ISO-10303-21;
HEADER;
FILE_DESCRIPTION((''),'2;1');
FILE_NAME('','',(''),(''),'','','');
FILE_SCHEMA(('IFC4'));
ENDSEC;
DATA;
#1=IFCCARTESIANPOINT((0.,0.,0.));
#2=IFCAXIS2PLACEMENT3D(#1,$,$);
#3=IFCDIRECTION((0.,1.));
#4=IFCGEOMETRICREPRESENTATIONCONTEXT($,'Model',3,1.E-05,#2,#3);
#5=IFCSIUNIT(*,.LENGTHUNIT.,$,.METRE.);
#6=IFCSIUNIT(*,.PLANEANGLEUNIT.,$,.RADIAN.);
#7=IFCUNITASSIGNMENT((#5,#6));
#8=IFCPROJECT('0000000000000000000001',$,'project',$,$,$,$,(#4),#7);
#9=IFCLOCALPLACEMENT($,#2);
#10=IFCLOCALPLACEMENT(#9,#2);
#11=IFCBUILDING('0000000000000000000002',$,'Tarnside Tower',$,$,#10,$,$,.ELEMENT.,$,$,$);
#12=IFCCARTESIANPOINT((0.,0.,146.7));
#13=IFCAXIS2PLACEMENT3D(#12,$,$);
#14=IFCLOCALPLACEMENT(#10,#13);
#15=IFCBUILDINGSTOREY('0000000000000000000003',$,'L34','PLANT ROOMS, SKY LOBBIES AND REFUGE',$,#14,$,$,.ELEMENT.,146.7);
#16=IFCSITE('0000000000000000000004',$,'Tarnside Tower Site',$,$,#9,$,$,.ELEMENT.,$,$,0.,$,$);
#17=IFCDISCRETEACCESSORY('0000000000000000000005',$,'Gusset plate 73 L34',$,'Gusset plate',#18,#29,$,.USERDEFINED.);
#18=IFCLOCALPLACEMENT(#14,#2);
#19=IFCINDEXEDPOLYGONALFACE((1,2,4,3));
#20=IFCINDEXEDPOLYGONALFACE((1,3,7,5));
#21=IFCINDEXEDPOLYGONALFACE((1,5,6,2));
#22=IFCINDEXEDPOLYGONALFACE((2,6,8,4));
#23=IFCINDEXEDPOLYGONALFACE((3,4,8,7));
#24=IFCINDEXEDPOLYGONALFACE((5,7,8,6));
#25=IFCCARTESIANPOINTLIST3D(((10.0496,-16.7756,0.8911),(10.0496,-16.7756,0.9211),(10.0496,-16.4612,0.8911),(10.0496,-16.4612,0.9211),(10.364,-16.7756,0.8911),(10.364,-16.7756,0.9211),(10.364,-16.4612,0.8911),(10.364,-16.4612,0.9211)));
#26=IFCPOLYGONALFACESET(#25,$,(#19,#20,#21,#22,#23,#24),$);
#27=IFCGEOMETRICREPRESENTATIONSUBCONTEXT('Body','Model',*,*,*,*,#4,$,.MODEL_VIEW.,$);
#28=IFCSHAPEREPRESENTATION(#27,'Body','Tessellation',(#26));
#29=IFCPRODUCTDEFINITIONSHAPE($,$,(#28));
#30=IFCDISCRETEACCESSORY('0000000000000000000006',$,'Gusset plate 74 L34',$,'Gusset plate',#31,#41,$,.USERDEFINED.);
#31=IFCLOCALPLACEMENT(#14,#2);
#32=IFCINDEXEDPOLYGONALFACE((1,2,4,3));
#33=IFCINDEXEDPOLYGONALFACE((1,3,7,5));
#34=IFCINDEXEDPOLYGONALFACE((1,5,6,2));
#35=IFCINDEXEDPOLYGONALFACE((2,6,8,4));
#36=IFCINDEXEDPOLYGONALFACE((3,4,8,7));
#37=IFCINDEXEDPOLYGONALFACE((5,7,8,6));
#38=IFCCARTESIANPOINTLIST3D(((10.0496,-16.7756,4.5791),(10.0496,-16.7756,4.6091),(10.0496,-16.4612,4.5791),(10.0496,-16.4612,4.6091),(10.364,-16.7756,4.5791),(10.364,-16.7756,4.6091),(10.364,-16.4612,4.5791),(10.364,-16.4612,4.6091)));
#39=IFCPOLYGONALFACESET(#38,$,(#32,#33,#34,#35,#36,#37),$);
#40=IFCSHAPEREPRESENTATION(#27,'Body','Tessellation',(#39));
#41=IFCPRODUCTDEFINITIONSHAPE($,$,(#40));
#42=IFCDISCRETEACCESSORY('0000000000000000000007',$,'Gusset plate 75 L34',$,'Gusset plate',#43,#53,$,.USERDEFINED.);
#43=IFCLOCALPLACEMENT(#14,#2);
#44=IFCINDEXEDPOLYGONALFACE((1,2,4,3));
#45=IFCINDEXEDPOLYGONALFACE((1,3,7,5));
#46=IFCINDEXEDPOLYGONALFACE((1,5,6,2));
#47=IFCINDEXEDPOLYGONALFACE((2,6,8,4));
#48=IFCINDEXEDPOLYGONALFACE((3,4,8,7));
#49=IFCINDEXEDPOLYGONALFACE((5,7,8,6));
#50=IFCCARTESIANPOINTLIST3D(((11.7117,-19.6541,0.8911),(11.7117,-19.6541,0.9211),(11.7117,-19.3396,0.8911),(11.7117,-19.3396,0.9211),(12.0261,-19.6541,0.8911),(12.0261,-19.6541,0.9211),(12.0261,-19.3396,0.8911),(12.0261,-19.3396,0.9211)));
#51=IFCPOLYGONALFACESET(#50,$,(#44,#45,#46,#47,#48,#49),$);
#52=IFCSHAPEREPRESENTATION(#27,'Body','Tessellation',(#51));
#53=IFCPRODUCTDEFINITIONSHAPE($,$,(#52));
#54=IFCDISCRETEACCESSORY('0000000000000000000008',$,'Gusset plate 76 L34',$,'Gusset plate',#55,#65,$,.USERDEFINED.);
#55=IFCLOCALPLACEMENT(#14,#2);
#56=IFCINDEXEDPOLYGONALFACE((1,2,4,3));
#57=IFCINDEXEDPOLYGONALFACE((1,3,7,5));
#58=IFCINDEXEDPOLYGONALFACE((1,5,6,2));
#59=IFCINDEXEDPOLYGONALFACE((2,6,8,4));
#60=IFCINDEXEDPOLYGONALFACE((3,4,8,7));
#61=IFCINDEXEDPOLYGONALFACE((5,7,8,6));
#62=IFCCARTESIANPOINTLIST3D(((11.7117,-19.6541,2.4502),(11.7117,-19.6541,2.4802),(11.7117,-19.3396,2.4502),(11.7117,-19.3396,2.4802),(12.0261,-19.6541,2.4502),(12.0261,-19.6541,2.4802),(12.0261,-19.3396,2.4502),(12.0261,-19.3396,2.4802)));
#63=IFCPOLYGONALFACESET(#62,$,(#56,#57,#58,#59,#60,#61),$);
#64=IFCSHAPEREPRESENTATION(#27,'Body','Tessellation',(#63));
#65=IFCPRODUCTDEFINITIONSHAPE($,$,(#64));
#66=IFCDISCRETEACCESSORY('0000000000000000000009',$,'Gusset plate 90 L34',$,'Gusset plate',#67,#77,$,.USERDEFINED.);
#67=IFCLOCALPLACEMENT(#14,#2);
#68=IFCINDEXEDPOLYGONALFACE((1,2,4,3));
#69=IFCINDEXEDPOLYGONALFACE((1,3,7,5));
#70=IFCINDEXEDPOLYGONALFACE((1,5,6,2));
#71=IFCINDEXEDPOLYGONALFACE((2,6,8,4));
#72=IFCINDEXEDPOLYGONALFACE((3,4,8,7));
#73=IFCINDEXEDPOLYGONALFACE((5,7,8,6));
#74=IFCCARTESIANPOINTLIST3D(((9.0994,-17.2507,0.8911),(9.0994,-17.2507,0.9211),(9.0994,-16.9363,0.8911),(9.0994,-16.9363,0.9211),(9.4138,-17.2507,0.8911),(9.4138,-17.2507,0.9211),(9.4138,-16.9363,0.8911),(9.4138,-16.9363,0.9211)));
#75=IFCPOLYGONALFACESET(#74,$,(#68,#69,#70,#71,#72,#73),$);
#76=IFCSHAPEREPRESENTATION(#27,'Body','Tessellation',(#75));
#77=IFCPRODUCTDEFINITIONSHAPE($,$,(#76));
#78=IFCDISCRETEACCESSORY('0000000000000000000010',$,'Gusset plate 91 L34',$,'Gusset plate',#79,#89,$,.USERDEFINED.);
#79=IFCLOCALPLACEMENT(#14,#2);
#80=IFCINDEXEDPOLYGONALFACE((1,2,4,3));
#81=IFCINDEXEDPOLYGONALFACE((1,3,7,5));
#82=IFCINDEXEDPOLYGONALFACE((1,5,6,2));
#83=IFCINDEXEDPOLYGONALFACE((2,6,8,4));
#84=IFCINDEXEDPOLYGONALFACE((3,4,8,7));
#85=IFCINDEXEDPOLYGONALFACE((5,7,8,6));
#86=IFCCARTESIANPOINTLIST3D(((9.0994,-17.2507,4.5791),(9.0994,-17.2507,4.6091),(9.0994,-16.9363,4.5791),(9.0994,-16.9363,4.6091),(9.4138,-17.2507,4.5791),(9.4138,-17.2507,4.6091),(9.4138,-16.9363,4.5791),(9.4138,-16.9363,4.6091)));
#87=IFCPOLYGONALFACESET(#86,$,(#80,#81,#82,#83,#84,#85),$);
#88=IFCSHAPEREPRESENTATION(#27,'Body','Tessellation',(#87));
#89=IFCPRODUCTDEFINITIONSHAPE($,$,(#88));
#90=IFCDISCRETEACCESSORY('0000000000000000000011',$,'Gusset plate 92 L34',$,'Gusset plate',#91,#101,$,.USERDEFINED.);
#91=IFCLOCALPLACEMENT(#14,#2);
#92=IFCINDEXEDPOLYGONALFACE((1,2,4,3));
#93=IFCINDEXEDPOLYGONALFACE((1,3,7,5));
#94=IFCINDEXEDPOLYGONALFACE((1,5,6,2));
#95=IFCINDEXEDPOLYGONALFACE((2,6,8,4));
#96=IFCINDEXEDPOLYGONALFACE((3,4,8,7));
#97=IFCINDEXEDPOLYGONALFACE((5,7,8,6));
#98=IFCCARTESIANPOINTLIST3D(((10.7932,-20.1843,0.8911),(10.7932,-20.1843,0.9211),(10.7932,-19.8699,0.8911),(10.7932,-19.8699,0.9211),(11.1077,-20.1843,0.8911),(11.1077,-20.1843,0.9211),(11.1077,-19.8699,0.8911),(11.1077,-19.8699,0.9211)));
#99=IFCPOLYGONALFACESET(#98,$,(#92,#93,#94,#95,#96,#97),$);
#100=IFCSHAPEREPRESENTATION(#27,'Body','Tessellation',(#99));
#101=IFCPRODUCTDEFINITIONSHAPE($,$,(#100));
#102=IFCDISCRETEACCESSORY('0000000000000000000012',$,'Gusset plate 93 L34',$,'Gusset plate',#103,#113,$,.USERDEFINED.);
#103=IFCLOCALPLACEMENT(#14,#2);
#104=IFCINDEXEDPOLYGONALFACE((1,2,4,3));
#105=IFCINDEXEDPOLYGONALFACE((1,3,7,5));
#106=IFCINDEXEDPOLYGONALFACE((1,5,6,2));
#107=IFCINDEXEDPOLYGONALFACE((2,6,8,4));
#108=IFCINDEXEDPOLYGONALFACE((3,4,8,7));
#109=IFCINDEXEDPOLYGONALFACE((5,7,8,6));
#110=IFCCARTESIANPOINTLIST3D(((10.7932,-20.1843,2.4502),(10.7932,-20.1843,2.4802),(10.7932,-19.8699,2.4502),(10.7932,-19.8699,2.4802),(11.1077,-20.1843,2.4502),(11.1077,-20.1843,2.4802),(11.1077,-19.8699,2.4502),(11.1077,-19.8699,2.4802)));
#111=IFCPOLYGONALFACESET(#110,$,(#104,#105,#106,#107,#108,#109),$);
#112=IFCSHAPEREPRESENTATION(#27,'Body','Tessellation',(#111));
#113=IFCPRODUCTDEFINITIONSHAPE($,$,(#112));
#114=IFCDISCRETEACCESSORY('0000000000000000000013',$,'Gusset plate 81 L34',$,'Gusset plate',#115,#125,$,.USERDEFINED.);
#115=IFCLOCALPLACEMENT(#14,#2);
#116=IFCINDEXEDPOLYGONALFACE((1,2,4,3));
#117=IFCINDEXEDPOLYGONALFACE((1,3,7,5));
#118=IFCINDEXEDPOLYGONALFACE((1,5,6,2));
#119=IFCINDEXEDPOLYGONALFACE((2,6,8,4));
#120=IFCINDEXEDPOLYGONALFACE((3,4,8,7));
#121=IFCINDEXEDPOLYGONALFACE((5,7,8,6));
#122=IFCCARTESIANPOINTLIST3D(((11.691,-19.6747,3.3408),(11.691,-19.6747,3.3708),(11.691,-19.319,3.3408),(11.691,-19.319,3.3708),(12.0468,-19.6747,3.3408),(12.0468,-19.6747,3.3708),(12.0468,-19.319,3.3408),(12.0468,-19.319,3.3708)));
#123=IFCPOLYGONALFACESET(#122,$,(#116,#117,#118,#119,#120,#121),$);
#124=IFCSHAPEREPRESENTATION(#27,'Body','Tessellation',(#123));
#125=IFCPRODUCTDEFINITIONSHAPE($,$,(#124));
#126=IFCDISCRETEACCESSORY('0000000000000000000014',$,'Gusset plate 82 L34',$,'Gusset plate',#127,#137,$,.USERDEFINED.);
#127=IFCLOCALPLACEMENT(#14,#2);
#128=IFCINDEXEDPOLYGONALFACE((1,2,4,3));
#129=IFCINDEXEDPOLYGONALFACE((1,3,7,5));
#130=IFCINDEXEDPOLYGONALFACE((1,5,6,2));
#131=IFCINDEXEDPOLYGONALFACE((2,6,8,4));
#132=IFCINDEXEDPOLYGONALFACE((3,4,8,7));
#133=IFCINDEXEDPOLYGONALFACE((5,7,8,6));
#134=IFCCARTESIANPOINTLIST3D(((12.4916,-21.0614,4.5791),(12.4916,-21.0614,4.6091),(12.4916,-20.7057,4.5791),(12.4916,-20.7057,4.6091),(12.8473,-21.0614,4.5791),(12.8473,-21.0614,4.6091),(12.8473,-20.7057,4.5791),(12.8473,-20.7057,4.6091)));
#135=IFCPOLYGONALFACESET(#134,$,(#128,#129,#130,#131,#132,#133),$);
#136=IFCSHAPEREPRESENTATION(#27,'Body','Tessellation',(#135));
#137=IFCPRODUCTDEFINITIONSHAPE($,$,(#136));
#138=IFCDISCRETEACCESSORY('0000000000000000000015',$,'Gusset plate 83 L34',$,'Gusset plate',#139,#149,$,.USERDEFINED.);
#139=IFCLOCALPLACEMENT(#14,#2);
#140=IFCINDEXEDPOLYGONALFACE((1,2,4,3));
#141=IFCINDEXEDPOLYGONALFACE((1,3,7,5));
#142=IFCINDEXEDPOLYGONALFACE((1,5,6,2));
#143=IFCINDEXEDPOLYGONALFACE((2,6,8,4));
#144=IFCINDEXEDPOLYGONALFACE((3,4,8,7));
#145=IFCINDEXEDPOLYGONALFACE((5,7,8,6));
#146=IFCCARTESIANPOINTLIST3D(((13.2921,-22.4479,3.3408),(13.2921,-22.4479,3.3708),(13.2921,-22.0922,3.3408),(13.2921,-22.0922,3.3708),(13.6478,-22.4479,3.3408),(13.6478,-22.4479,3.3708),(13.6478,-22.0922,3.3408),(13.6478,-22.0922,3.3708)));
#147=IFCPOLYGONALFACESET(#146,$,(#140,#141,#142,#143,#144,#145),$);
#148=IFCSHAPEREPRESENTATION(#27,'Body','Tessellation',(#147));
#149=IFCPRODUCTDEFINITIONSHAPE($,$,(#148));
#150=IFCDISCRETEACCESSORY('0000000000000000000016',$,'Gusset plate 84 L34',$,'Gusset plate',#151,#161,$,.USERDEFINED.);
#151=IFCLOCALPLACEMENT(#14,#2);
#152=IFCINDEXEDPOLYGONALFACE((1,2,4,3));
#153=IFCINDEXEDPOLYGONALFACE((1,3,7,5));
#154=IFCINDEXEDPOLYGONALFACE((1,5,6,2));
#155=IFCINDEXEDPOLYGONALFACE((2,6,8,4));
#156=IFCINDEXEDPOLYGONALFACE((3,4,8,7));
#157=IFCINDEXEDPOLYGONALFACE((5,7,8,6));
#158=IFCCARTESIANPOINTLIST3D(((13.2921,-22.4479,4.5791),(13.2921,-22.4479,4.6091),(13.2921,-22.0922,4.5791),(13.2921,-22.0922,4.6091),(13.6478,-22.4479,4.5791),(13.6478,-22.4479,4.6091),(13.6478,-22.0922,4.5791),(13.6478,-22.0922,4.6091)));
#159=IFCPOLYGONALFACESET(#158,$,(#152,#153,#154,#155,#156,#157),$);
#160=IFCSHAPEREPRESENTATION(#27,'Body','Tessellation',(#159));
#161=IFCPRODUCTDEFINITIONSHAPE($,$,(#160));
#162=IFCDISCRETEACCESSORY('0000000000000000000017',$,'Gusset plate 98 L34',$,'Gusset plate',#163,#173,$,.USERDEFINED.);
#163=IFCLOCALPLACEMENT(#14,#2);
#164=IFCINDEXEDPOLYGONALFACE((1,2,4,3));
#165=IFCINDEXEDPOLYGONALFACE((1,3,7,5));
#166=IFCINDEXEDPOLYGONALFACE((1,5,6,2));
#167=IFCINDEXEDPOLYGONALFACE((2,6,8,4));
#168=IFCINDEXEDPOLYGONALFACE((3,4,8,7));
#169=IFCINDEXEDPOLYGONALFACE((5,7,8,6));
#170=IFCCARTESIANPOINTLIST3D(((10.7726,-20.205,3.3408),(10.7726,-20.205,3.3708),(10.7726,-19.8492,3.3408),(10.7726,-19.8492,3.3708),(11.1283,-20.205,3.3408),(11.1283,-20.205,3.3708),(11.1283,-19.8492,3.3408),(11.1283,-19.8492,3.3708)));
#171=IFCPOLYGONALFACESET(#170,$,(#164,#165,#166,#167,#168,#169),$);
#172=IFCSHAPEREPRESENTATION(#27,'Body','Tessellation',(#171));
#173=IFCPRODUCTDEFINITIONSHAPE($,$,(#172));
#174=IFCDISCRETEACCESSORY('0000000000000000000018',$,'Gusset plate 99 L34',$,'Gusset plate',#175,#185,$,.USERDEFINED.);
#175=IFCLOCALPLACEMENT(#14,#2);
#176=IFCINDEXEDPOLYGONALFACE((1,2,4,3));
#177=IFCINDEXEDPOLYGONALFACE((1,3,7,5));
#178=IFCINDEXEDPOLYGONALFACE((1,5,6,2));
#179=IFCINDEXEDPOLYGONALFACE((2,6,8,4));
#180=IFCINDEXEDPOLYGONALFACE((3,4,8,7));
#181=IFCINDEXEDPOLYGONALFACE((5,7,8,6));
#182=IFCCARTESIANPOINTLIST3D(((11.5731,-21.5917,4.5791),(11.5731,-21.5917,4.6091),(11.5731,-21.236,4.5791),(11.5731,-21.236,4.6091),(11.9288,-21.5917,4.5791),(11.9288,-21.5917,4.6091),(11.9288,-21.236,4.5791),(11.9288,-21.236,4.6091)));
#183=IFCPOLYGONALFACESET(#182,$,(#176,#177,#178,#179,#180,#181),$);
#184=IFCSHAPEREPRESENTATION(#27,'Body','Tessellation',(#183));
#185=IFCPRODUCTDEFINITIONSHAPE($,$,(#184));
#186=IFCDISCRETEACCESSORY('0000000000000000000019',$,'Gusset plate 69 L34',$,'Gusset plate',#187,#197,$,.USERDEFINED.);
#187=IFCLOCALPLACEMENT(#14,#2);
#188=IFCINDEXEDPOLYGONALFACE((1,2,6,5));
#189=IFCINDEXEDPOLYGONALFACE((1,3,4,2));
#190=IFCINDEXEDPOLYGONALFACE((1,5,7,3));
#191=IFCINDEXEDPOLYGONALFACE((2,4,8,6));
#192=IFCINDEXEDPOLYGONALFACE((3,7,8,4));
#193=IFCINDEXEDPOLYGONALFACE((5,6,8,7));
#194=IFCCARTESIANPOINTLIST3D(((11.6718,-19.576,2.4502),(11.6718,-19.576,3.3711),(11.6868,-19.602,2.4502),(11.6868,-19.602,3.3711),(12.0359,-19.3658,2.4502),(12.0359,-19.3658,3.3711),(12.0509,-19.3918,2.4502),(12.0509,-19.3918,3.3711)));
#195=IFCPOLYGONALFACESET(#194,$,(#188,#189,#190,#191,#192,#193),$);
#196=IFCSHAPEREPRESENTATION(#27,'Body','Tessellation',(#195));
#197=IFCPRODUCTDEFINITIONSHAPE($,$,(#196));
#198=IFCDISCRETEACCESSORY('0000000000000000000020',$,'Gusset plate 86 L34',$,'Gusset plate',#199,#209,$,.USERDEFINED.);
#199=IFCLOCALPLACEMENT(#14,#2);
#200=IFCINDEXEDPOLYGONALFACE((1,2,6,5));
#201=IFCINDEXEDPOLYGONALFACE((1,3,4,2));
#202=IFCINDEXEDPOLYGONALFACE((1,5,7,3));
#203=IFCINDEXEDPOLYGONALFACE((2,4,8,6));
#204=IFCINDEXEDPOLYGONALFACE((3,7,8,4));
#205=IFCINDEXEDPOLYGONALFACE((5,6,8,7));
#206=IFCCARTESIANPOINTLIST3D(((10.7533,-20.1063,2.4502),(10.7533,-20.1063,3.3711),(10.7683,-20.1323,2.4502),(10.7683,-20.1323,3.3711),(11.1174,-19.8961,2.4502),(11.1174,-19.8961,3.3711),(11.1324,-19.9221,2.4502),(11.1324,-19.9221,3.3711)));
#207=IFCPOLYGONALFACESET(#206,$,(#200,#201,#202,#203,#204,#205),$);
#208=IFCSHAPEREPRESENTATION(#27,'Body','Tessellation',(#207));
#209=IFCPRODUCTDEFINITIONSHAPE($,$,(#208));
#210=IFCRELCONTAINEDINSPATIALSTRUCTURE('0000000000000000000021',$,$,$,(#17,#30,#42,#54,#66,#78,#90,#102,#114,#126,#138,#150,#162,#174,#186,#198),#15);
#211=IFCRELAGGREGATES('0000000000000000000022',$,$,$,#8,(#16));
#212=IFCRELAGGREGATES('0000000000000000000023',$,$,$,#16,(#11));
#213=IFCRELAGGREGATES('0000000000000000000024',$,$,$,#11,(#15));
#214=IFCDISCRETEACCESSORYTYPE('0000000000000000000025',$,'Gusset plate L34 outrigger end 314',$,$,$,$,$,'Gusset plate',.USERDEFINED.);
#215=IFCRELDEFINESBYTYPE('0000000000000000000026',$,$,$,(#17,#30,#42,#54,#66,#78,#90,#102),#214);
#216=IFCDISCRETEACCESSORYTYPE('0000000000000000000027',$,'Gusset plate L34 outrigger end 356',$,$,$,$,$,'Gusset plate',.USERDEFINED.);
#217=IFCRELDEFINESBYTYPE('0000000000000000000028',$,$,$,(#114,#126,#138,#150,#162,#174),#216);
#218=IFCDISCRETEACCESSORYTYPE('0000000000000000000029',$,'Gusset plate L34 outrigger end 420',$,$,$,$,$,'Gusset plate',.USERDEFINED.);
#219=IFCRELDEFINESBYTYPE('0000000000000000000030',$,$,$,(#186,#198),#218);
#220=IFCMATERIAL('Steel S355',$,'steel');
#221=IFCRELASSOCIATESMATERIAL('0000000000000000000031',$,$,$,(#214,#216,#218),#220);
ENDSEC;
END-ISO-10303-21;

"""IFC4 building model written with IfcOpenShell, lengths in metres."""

from ifc_helpers import new_model, si_unit, direction, frame, origin, origin_2d, place, context, subcontext, project, spatial, rectangle, extrude, material, type_object, element, save


model = new_model("IFC4")

# Units and contexts
model_context = context("Model", 3, precision=1e-05, world=origin(), true_north=direction((0.0, 1.0)))
body_context = subcontext(model_context, "Body", "Model", "MODEL_VIEW")
ifc_project = project(units=[si_unit("LENGTHUNIT", "METRE"), si_unit("PLANEANGLEUNIT", "RADIAN")], contexts=[model_context])

# Site, building, storey
site_placement = place(None, origin())
site = spatial("IfcSite", under=ifc_project, at=site_placement, Name="Tarnside Tower Site", CompositionType="ELEMENT", RefElevation=0.0)
building_placement = place(site_placement, origin())
building = spatial("IfcBuilding", under=site, at=building_placement, Name="Tarnside Tower", CompositionType="ELEMENT")
storey_placement = place(building_placement, frame((0.0, 0.0, 146.7)))
storey = spatial("IfcBuildingStorey", under=building, at=storey_placement, Name="L34", Description="PLANT ROOMS, SKY LOBBIES AND REFUGE", CompositionType="ELEMENT", Elevation=146.7)

# Shared definitions
ifc_material_1 = material(Name="Steel S355", Category="steel")

# Discrete accessories
discrete_accessory_type_1 = type_object("IfcDiscreteAccessoryType", Name="Gusset plate L34 outrigger end 314", ElementType="Gusset plate", PredefinedType="USERDEFINED", material=ifc_material_1)
for number, where, z_axis, x_axis, name in (
    (1, (10.2068, -16.6184, 0.8911), (0.0, 0.0, 1.0), (1.0, 0.0, 0.0), "Gusset plate 73 L34"),
    (2, (10.2068, -16.6184, 4.5791), (0.0, 0.0, 1.0), (1.0, 0.0, 0.0), "Gusset plate 74 L34"),
    (3, (11.8689, -19.4968, 0.8911), (0.0, 0.0, 1.0), (1.0, 0.0, 0.0), "Gusset plate 75 L34"),
    (4, (11.8689, -19.4968, 2.4502), (0.0, 0.0, 1.0), (1.0, 0.0, 0.0), "Gusset plate 76 L34"),
    (5, (9.2566, -17.0935, 0.8911), (0.0, 0.0, 1.0), (1.0, 0.0, 0.0), "Gusset plate 90 L34"),
    (6, (9.2566, -17.0935, 4.5791), (0.0, 0.0, 1.0), (1.0, 0.0, 0.0), "Gusset plate 91 L34"),
    (7, (10.9504, -20.0271, 0.8911), (0.0, 0.0, 1.0), (1.0, 0.0, 0.0), "Gusset plate 92 L34"),
    (8, (10.9504, -20.0271, 2.4502), (0.0, 0.0, 1.0), (1.0, 0.0, 0.0), "Gusset plate 93 L34"),
):
    element("IfcDiscreteAccessory", number, at=place(storey_placement, frame(where, z_axis=z_axis, x_axis=x_axis)), inside=storey, type_object=discrete_accessory_type_1, Name=name, ObjectType="Gusset plate", PredefinedType="USERDEFINED", context=body_context, shape_type="SweptSolid", body=[
        extrude(rectangle(XDim=0.3145, YDim=0.3145, at=origin_2d()), origin(), (0.0, 0.0, 1.0), 0.03),
    ])
discrete_accessory_type_2 = type_object("IfcDiscreteAccessoryType", Name="Gusset plate L34 outrigger end 356", ElementType="Gusset plate", PredefinedType="USERDEFINED", material=ifc_material_1)
for number, where, z_axis, x_axis, name in (
    (9, (11.8689, -19.4968, 3.3408), (0.0, 0.0, 1.0), (1.0, 0.0, 0.0), "Gusset plate 81 L34"),
    (10, (12.6694, -20.8835, 4.5791), (0.0, 0.0, 1.0), (1.0, 0.0, 0.0), "Gusset plate 82 L34"),
    (11, (13.47, -22.27, 3.3408), (0.0, 0.0, 1.0), (1.0, 0.0, 0.0), "Gusset plate 83 L34"),
    (12, (13.47, -22.27, 4.5791), (0.0, 0.0, 1.0), (1.0, 0.0, 0.0), "Gusset plate 84 L34"),
    (13, (10.9504, -20.0271, 3.3408), (0.0, 0.0, 1.0), (1.0, 0.0, 0.0), "Gusset plate 98 L34"),
    (14, (11.751, -21.4138, 4.5791), (0.0, 0.0, 1.0), (1.0, 0.0, 0.0), "Gusset plate 99 L34"),
):
    element("IfcDiscreteAccessory", number, at=place(storey_placement, frame(where, z_axis=z_axis, x_axis=x_axis)), inside=storey, type_object=discrete_accessory_type_2, Name=name, ObjectType="Gusset plate", PredefinedType="USERDEFINED", context=body_context, shape_type="SweptSolid", body=[
        extrude(rectangle(XDim=0.3557, YDim=0.3557, at=origin_2d()), origin(), (0.0, 0.0, 1.0), 0.03),
    ])
discrete_accessory_type_3 = type_object("IfcDiscreteAccessoryType", Name="Gusset plate L34 outrigger end 420", ElementType="Gusset plate", PredefinedType="USERDEFINED", material=ifc_material_1)
for number, where, z_axis, x_axis, name in (
    (15, (11.8613, -19.4839, 2.4502), (0.0, 0.0, 1.0), (-0.500012, 0.866018, 0.0), "Gusset plate 69 L34"),
    (16, (10.9429, -20.0142, 2.4502), (0.0, 0.0, 1.0), (-0.500012, 0.866018, 0.0), "Gusset plate 86 L34"),
):
    element("IfcDiscreteAccessory", number, at=place(storey_placement, frame(where, z_axis=z_axis, x_axis=x_axis)), inside=storey, type_object=discrete_accessory_type_3, Name=name, ObjectType="Gusset plate", PredefinedType="USERDEFINED", context=body_context, shape_type="SweptSolid", body=[
        extrude(rectangle(XDim=0.03, YDim=0.4204, at=origin_2d()), origin(), (0.0, 0.0, 1.0), 0.9209),
    ])

save(model, "model.ifc")
